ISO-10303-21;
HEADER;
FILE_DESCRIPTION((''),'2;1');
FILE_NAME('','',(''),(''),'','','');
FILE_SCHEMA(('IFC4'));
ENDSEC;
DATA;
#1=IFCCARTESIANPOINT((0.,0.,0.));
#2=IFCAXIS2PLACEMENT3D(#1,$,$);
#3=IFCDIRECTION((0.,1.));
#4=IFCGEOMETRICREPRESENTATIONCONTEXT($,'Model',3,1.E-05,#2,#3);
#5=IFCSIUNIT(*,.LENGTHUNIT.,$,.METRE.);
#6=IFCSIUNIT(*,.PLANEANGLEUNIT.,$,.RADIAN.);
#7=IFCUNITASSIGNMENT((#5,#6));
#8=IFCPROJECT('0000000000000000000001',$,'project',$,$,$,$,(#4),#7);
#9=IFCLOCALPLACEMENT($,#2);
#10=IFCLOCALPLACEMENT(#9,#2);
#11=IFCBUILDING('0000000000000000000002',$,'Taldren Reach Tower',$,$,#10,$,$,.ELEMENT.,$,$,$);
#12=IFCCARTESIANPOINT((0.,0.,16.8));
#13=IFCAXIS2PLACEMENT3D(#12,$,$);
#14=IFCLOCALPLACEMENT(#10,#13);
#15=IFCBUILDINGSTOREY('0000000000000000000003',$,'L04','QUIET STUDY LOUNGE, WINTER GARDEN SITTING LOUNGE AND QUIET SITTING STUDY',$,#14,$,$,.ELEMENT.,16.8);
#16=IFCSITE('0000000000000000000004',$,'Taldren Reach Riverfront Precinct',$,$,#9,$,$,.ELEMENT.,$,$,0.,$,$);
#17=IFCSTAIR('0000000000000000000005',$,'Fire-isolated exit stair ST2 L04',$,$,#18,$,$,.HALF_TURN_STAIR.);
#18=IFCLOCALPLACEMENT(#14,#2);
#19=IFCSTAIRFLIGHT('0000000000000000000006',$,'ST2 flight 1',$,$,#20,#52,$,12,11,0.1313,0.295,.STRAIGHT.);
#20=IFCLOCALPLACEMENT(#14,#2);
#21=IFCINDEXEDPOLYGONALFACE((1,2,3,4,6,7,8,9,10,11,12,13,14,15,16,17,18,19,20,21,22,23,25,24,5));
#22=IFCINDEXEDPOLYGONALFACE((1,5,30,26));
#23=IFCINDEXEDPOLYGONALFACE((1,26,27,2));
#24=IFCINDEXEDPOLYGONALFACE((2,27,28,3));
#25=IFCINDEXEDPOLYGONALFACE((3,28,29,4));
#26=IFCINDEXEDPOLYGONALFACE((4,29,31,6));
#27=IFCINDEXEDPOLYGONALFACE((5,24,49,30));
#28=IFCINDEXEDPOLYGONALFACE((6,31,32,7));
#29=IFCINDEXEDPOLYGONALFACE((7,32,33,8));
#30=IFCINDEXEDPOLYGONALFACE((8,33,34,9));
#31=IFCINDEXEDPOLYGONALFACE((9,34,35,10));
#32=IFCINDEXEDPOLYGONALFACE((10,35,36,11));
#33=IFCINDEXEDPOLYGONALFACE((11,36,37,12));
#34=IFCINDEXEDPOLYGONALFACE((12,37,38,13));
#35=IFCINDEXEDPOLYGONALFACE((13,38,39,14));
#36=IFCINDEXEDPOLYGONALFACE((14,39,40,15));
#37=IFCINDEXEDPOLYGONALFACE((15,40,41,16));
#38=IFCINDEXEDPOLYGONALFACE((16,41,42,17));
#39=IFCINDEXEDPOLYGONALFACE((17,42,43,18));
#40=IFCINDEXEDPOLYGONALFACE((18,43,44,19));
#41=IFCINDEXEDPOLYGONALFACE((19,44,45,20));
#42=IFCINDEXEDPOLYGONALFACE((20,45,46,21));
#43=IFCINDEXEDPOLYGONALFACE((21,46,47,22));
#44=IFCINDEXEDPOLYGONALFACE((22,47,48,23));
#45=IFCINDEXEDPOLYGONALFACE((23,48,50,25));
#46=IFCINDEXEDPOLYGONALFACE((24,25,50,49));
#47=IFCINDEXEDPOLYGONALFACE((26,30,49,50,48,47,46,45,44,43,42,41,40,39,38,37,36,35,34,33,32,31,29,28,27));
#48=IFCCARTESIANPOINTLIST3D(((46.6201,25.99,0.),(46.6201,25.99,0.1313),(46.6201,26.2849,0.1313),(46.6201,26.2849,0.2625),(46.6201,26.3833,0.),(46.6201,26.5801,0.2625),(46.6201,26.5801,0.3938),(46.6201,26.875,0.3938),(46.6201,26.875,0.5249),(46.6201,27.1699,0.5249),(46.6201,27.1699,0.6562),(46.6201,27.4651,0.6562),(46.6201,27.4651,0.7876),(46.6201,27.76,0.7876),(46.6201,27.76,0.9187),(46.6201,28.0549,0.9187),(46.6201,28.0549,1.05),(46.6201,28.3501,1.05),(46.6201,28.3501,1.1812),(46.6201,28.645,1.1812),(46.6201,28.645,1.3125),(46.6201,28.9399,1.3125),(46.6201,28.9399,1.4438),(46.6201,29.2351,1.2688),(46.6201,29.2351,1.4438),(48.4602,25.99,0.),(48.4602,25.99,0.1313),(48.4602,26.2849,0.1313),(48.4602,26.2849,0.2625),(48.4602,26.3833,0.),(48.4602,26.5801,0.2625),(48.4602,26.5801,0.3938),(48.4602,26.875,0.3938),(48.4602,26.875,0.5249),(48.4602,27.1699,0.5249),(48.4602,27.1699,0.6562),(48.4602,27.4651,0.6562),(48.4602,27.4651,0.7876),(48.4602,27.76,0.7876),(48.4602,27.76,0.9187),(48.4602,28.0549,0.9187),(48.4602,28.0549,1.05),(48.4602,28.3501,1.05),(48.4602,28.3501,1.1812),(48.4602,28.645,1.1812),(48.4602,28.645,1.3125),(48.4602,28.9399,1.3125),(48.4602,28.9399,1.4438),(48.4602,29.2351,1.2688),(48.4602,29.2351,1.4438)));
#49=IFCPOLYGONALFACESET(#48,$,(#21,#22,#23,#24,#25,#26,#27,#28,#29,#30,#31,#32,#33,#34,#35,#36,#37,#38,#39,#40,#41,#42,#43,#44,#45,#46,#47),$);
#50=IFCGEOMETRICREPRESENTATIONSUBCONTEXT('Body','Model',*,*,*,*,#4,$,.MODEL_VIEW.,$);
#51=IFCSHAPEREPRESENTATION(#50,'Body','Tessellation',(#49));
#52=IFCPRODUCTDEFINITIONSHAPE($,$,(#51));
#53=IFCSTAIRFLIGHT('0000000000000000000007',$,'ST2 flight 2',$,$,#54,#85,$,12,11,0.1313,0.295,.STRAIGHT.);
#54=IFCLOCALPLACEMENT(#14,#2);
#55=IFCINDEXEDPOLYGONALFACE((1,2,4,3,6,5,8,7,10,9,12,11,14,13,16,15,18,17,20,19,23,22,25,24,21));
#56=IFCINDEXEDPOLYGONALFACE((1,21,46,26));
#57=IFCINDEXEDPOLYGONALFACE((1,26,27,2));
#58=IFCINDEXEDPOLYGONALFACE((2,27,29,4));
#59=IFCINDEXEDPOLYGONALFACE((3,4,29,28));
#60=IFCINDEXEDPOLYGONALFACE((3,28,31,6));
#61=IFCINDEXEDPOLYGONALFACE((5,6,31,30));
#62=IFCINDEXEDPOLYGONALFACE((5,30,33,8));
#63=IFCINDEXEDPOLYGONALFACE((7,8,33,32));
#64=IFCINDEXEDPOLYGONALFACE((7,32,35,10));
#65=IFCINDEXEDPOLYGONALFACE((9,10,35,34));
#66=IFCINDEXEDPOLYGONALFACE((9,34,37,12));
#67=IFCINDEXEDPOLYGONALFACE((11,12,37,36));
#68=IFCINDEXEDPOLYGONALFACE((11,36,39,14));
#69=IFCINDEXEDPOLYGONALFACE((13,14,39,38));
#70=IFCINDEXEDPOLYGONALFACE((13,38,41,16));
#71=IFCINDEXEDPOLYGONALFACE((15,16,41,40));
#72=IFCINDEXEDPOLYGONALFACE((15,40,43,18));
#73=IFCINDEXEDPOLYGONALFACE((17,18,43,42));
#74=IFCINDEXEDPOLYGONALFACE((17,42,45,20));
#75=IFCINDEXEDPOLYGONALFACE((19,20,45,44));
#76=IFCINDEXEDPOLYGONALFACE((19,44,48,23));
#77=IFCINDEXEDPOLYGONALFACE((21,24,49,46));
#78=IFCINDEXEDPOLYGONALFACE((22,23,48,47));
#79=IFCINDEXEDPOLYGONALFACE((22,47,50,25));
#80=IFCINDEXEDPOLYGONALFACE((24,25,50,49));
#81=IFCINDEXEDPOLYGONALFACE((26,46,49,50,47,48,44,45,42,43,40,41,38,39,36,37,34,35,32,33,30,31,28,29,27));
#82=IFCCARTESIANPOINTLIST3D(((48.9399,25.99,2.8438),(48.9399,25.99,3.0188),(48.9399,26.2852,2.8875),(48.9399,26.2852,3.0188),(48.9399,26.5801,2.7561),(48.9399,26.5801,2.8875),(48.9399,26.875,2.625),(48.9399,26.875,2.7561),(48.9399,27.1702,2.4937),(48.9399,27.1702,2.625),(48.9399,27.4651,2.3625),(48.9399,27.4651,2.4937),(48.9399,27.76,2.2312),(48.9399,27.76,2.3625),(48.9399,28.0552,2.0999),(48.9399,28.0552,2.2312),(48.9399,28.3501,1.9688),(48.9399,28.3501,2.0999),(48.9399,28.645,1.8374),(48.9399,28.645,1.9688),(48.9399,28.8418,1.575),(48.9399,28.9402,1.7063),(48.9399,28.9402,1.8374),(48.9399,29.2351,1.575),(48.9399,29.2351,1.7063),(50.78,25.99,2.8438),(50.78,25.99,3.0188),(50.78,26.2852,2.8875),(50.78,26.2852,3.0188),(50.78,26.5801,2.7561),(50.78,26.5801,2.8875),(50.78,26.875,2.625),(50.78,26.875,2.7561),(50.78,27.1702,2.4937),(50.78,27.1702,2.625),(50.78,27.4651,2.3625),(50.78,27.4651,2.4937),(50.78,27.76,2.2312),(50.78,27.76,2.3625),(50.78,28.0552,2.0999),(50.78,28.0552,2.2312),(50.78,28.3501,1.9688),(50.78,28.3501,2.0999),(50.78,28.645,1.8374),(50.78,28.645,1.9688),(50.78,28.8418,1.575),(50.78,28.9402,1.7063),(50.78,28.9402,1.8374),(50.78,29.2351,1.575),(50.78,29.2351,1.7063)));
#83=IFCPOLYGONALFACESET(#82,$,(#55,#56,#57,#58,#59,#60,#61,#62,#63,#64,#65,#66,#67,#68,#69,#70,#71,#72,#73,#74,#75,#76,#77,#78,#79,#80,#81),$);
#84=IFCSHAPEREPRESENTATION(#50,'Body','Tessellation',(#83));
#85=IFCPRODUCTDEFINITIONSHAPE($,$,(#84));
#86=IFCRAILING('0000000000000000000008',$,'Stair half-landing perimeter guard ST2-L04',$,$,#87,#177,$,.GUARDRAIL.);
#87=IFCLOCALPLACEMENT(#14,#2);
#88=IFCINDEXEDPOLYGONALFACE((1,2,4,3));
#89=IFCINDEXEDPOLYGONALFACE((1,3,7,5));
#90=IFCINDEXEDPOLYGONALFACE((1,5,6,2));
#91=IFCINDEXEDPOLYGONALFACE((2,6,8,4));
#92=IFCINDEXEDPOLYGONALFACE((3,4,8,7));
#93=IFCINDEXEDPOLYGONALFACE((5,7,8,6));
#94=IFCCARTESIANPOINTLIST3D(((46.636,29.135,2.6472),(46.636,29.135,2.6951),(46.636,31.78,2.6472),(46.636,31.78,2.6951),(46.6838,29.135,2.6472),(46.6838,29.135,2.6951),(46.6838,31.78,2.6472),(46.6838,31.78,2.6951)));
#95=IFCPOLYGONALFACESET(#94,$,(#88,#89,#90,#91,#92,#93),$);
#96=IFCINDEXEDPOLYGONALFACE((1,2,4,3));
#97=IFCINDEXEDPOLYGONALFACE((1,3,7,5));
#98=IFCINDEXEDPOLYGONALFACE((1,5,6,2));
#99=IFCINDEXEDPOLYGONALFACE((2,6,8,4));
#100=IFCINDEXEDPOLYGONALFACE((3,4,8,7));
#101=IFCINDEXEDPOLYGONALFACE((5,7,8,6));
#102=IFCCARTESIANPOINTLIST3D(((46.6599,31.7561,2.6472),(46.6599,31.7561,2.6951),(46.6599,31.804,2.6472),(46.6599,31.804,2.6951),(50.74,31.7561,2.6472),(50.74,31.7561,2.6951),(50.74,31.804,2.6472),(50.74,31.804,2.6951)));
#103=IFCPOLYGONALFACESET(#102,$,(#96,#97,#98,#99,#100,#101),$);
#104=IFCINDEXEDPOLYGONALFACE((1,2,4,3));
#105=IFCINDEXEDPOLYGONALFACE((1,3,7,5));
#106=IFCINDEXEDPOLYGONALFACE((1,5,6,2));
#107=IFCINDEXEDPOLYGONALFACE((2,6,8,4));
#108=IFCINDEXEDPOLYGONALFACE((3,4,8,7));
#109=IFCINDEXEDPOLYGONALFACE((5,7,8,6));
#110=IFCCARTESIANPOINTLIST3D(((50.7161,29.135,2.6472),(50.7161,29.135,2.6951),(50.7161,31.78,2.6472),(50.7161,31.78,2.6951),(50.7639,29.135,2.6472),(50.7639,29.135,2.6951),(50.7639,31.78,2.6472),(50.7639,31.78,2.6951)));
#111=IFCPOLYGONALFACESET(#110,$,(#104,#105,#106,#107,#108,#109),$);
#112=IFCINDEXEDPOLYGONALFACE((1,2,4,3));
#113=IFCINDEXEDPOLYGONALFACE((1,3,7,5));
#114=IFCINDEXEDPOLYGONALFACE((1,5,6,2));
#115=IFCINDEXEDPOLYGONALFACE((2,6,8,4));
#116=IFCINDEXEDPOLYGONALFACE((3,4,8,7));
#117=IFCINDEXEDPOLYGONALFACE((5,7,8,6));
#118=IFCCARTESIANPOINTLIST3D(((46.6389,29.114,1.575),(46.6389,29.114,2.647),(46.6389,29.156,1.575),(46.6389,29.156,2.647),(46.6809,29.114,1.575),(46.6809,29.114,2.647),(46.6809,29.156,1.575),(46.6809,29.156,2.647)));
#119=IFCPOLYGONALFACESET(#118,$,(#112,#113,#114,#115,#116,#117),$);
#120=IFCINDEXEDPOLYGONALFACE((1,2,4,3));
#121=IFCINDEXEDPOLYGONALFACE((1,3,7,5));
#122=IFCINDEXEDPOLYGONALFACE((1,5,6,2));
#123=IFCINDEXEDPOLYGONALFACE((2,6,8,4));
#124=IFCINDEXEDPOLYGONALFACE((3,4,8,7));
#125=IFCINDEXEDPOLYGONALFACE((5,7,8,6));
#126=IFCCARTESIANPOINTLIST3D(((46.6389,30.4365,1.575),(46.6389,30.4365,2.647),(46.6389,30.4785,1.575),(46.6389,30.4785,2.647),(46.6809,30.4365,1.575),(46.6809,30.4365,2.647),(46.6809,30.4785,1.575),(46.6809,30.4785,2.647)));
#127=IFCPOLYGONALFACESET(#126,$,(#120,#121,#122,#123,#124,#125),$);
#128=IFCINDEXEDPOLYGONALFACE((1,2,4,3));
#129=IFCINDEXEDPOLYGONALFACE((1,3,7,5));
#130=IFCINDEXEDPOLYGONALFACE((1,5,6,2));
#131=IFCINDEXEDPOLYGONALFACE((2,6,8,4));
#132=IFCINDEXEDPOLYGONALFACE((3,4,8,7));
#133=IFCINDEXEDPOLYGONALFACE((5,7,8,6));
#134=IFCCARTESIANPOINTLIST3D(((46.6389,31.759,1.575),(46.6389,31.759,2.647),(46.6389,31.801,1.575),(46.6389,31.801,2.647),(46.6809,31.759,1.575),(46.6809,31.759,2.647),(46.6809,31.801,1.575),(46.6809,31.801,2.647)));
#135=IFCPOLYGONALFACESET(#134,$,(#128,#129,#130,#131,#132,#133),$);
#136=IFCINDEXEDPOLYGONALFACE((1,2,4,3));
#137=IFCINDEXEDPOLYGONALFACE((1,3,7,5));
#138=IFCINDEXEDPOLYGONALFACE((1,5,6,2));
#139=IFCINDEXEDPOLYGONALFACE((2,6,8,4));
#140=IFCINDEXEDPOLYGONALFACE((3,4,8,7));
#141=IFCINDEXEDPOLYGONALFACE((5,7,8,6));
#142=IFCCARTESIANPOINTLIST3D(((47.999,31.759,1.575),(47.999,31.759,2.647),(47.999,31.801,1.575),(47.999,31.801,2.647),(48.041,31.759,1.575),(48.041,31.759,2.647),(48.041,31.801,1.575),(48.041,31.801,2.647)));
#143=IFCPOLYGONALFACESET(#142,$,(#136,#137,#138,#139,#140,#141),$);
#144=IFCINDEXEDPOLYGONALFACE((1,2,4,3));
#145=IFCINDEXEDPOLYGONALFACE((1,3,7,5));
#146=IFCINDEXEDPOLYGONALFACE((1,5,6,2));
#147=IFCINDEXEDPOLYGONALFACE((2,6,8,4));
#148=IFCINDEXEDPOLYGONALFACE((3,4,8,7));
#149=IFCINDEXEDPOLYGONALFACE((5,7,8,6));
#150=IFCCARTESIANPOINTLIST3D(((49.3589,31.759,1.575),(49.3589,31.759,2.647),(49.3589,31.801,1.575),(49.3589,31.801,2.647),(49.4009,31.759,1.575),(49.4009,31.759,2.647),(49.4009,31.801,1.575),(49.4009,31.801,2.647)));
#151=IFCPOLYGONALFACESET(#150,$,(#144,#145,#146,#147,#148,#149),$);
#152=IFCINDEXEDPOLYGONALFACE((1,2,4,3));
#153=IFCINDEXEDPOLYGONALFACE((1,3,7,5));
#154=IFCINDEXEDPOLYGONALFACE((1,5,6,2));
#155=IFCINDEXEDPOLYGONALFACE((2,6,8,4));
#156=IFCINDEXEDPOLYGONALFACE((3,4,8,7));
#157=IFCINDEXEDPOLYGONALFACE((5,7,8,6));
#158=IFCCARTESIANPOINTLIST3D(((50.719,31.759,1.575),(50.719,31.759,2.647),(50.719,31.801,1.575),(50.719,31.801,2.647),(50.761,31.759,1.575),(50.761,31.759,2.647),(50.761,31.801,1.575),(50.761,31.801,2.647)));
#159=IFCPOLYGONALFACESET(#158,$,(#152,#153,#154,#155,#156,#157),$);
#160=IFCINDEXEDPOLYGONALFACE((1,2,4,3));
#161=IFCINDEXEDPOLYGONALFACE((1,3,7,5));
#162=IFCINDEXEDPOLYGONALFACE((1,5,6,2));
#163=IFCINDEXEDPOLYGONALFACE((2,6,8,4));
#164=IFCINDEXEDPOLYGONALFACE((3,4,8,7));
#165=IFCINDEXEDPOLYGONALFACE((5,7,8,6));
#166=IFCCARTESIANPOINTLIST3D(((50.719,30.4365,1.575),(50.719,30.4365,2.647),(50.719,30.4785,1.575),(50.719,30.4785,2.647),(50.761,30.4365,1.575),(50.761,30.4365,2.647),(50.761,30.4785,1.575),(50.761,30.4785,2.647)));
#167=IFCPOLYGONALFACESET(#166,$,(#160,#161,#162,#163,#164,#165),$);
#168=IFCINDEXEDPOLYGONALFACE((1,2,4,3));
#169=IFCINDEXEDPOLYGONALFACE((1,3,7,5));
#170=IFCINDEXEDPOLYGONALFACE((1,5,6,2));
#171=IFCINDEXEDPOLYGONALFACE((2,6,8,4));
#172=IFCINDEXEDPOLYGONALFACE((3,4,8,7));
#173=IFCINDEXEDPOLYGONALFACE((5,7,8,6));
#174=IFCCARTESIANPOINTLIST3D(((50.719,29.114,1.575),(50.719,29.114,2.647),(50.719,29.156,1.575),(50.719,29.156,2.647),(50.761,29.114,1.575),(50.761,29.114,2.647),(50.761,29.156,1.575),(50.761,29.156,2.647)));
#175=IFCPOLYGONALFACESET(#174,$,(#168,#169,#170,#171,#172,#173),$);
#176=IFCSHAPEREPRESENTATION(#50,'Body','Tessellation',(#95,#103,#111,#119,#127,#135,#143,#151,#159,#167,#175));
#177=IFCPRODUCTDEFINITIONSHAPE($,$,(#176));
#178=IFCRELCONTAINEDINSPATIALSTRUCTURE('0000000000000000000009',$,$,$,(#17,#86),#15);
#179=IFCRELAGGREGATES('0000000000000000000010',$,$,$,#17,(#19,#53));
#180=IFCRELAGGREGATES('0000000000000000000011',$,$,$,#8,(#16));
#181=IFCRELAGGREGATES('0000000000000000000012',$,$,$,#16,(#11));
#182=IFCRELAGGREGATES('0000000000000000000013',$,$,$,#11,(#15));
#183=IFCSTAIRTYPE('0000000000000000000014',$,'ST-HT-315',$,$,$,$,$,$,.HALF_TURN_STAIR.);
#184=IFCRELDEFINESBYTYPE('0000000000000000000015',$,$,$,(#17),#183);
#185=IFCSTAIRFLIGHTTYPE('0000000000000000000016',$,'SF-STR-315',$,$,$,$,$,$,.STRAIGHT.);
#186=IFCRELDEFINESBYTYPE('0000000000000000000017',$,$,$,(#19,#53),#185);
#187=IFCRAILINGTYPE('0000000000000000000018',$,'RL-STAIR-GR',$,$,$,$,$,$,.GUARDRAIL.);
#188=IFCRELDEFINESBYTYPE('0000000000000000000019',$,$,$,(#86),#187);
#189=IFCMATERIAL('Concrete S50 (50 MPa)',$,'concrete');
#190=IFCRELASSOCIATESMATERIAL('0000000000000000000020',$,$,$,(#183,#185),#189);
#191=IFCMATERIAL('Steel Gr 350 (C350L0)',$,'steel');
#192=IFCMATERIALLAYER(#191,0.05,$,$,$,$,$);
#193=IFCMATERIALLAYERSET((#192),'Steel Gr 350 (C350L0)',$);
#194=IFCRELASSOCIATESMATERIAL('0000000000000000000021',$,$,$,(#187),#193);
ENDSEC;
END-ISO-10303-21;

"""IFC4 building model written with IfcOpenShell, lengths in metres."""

from ifc_helpers import new_model, si_unit, direction, frame, origin, origin_2d, place, context, subcontext, project, spatial, polyline, rectangle, outline, extrude, material, layer, layer_set, type_object, element, aggregate, save


model = new_model("IFC4")

# Units and contexts
model_context = context("Model", 3, precision=1e-05, world=origin(), true_north=direction((0.0, 1.0)))
body_context = subcontext(model_context, "Body", "Model", "MODEL_VIEW")
ifc_project = project(units=[si_unit("LENGTHUNIT", "METRE"), si_unit("PLANEANGLEUNIT", "RADIAN")], contexts=[model_context])

# Site, building, storey
site_placement = place(None, origin())
site = spatial("IfcSite", under=ifc_project, at=site_placement, Name="Taldren Reach Riverfront Precinct", CompositionType="ELEMENT", RefElevation=0.0)
building_placement = place(site_placement, origin())
building = spatial("IfcBuilding", under=site, at=building_placement, Name="Taldren Reach Tower", CompositionType="ELEMENT")
storey_placement = place(building_placement, frame((0.0, 0.0, 16.8)))
storey = spatial("IfcBuildingStorey", under=building, at=storey_placement, Name="L04", Description="QUIET STUDY LOUNGE, WINTER GARDEN SITTING LOUNGE AND QUIET SITTING STUDY", CompositionType="ELEMENT", Elevation=16.8)

# Shared definitions
ifc_material_1 = material(Name="Steel Gr 350 (C350L0)", Category="steel")

# Shared definitions
ifc_material_2 = material(Name="Concrete S50 (50 MPa)", Category="concrete")

# Stair, stair flights
stair_type = type_object("IfcStairType", Name="ST-HT-315", PredefinedType="HALF_TURN_STAIR", material=ifc_material_2)
stair_placement = place(storey_placement, origin())
stair = element("IfcStair", 1, at=stair_placement, inside=storey, type_object=stair_type, Name="Fire-isolated exit stair ST2 L04", PredefinedType="HALF_TURN_STAIR")
stair_flight_type = type_object("IfcStairFlightType", Name="SF-STR-315", PredefinedType="STRAIGHT", material=ifc_material_2)
stair_flight_1_placement = place(storey_placement, frame((47.54, 25.99, 0.0), z_axis=(0.0, 0.0, 1.0), x_axis=(0.0, 1.0, 0.0)))
stair_flight_1 = element("IfcStairFlight", 2, at=stair_flight_1_placement, type_object=stair_flight_type, Name="ST2 flight 1", NumberOfRisers=12, NumberOfTreads=11, PredefinedType="STRAIGHT", RiserHeight=0.1313, TreadLength=0.295, context=body_context, shape_type="SweptSolid", body=[
    extrude(outline(polyline([(0.0, 0.0), (0.0, 0.1313), (0.2949, 0.1313), (0.2949, 0.2625), (0.5901, 0.2625), (0.5901, 0.3938), (0.885, 0.3938), (0.885, 0.5249), (1.1799, 0.5249), (1.1799, 0.6562), (1.4751, 0.6562), (1.4751, 0.7876), (1.77, 0.7876), (1.77, 0.9187), (2.0649, 0.9187), (2.0649, 1.05), (2.3601, 1.05), (2.3601, 1.1812), (2.655, 1.1812), (2.655, 1.3125), (2.95, 1.3125), (2.95, 1.4438), (3.2451, 1.4438), (3.2451, 1.575), (3.2451, 1.2688), (0.3933, 0.0), (0.0, 0.0)])), frame((0.0, 0.9199, 0.0), z_axis=(0.0, -1.0, 0.0), x_axis=(1.0, 0.0, 0.0)), (0.0, 0.0, 1.0), 1.8401),
])
stair_flight_2_placement = place(storey_placement, frame((49.8601, 29.2351, 1.575), z_axis=(0.0, 0.0, 1.0), x_axis=(0.0, -1.0, 0.0)))
stair_flight_2 = element("IfcStairFlight", 3, at=stair_flight_2_placement, type_object=stair_flight_type, Name="ST2 flight 2", NumberOfRisers=12, NumberOfTreads=11, PredefinedType="STRAIGHT", RiserHeight=0.1313, TreadLength=0.295, context=body_context, shape_type="SweptSolid", body=[
    extrude(outline(polyline([(0.0, 0.0), (0.0, 0.1313), (0.2949, 0.1313), (0.2949, 0.2625), (0.5901, 0.2625), (0.5901, 0.3938), (0.885, 0.3938), (0.885, 0.5249), (1.1799, 0.5249), (1.1799, 0.6562), (1.4751, 0.6562), (1.4751, 0.7876), (1.77, 0.7876), (1.77, 0.9187), (2.0649, 0.9187), (2.0649, 1.05), (2.3601, 1.05), (2.3601, 1.1812), (2.655, 1.1812), (2.655, 1.3125), (2.95, 1.3125), (2.95, 1.4438), (3.2451, 1.4438), (3.2451, 1.575), (3.2451, 1.2688), (0.3933, 0.0), (0.0, 0.0)])), frame((0.0, 0.9199, 0.0), z_axis=(0.0, -1.0, 0.0), x_axis=(1.0, 0.0, 0.0)), (0.0, 0.0, 1.0), 1.8401),
])
aggregate(stair, [stair_flight_1, stair_flight_2])

# Railing
ifc_layer_1 = layer(ifc_material_1, 0.05)
ifc_layer_set_1 = layer_set([ifc_layer_1], Name="Steel Gr 350 (C350L0)")
railing_type_1 = type_object("IfcRailingType", Name="RL-STAIR-GR", PredefinedType="GUARDRAIL", material=ifc_layer_set_1)
railing_1_placement = place(storey_placement, frame((46.6599, 29.135, 1.575)))
element("IfcRailing", 4, at=railing_1_placement, inside=storey, type_object=railing_type_1, Name="Stair half-landing perimeter guard ST2-L04", PredefinedType="GUARDRAIL", context=body_context, shape_type="SweptSolid", body=[
    extrude(rectangle(XDim=0.0479, YDim=0.0479, at=origin_2d()), frame((0.0, 0.0, 1.0962), z_axis=(0.0, 1.0, 0.0), x_axis=(-1.0, 0.0, 0.0)), (0.0, 0.0, 1.0), 2.645),
    extrude(rectangle(XDim=0.0479, YDim=0.0479, at=origin_2d()), frame((0.0, 2.645, 1.0962), z_axis=(1.0, 0.0, 0.0), x_axis=(0.0, 1.0, 0.0)), (0.0, 0.0, 1.0), 4.0801),
    extrude(rectangle(XDim=0.0479, YDim=0.0479, at=origin_2d()), frame((4.0801, 2.645, 1.0962), z_axis=(0.0, -1.0, 0.0), x_axis=(1.0, 0.0, 0.0)), (0.0, 0.0, 1.0), 2.645),
    extrude(rectangle(XDim=0.042, YDim=0.042, at=origin_2d()), origin(), (0.0, 0.0, 1.0), 1.072),
    extrude(rectangle(XDim=0.042, YDim=0.042, at=origin_2d()), frame((0.0, 1.3225, 0.0)), (0.0, 0.0, 1.0), 1.072),
    extrude(rectangle(XDim=0.042, YDim=0.042, at=origin_2d()), frame((0.0, 2.645, 0.0)), (0.0, 0.0, 1.0), 1.072),
    extrude(rectangle(XDim=0.042, YDim=0.042, at=origin_2d()), frame((1.3601, 2.645, 0.0)), (0.0, 0.0, 1.0), 1.072),
    extrude(rectangle(XDim=0.042, YDim=0.042, at=origin_2d()), frame((2.72, 2.645, 0.0)), (0.0, 0.0, 1.0), 1.072),
    extrude(rectangle(XDim=0.042, YDim=0.042, at=origin_2d()), frame((4.0801, 2.645, 0.0)), (0.0, 0.0, 1.0), 1.072),
    extrude(rectangle(XDim=0.042, YDim=0.042, at=origin_2d()), frame((4.0801, 1.3225, 0.0)), (0.0, 0.0, 1.0), 1.072),
    extrude(rectangle(XDim=0.042, YDim=0.042, at=origin_2d()), frame((4.0801, 0.0, 0.0)), (0.0, 0.0, 1.0), 1.072),
])

save(model, "model.ifc")
